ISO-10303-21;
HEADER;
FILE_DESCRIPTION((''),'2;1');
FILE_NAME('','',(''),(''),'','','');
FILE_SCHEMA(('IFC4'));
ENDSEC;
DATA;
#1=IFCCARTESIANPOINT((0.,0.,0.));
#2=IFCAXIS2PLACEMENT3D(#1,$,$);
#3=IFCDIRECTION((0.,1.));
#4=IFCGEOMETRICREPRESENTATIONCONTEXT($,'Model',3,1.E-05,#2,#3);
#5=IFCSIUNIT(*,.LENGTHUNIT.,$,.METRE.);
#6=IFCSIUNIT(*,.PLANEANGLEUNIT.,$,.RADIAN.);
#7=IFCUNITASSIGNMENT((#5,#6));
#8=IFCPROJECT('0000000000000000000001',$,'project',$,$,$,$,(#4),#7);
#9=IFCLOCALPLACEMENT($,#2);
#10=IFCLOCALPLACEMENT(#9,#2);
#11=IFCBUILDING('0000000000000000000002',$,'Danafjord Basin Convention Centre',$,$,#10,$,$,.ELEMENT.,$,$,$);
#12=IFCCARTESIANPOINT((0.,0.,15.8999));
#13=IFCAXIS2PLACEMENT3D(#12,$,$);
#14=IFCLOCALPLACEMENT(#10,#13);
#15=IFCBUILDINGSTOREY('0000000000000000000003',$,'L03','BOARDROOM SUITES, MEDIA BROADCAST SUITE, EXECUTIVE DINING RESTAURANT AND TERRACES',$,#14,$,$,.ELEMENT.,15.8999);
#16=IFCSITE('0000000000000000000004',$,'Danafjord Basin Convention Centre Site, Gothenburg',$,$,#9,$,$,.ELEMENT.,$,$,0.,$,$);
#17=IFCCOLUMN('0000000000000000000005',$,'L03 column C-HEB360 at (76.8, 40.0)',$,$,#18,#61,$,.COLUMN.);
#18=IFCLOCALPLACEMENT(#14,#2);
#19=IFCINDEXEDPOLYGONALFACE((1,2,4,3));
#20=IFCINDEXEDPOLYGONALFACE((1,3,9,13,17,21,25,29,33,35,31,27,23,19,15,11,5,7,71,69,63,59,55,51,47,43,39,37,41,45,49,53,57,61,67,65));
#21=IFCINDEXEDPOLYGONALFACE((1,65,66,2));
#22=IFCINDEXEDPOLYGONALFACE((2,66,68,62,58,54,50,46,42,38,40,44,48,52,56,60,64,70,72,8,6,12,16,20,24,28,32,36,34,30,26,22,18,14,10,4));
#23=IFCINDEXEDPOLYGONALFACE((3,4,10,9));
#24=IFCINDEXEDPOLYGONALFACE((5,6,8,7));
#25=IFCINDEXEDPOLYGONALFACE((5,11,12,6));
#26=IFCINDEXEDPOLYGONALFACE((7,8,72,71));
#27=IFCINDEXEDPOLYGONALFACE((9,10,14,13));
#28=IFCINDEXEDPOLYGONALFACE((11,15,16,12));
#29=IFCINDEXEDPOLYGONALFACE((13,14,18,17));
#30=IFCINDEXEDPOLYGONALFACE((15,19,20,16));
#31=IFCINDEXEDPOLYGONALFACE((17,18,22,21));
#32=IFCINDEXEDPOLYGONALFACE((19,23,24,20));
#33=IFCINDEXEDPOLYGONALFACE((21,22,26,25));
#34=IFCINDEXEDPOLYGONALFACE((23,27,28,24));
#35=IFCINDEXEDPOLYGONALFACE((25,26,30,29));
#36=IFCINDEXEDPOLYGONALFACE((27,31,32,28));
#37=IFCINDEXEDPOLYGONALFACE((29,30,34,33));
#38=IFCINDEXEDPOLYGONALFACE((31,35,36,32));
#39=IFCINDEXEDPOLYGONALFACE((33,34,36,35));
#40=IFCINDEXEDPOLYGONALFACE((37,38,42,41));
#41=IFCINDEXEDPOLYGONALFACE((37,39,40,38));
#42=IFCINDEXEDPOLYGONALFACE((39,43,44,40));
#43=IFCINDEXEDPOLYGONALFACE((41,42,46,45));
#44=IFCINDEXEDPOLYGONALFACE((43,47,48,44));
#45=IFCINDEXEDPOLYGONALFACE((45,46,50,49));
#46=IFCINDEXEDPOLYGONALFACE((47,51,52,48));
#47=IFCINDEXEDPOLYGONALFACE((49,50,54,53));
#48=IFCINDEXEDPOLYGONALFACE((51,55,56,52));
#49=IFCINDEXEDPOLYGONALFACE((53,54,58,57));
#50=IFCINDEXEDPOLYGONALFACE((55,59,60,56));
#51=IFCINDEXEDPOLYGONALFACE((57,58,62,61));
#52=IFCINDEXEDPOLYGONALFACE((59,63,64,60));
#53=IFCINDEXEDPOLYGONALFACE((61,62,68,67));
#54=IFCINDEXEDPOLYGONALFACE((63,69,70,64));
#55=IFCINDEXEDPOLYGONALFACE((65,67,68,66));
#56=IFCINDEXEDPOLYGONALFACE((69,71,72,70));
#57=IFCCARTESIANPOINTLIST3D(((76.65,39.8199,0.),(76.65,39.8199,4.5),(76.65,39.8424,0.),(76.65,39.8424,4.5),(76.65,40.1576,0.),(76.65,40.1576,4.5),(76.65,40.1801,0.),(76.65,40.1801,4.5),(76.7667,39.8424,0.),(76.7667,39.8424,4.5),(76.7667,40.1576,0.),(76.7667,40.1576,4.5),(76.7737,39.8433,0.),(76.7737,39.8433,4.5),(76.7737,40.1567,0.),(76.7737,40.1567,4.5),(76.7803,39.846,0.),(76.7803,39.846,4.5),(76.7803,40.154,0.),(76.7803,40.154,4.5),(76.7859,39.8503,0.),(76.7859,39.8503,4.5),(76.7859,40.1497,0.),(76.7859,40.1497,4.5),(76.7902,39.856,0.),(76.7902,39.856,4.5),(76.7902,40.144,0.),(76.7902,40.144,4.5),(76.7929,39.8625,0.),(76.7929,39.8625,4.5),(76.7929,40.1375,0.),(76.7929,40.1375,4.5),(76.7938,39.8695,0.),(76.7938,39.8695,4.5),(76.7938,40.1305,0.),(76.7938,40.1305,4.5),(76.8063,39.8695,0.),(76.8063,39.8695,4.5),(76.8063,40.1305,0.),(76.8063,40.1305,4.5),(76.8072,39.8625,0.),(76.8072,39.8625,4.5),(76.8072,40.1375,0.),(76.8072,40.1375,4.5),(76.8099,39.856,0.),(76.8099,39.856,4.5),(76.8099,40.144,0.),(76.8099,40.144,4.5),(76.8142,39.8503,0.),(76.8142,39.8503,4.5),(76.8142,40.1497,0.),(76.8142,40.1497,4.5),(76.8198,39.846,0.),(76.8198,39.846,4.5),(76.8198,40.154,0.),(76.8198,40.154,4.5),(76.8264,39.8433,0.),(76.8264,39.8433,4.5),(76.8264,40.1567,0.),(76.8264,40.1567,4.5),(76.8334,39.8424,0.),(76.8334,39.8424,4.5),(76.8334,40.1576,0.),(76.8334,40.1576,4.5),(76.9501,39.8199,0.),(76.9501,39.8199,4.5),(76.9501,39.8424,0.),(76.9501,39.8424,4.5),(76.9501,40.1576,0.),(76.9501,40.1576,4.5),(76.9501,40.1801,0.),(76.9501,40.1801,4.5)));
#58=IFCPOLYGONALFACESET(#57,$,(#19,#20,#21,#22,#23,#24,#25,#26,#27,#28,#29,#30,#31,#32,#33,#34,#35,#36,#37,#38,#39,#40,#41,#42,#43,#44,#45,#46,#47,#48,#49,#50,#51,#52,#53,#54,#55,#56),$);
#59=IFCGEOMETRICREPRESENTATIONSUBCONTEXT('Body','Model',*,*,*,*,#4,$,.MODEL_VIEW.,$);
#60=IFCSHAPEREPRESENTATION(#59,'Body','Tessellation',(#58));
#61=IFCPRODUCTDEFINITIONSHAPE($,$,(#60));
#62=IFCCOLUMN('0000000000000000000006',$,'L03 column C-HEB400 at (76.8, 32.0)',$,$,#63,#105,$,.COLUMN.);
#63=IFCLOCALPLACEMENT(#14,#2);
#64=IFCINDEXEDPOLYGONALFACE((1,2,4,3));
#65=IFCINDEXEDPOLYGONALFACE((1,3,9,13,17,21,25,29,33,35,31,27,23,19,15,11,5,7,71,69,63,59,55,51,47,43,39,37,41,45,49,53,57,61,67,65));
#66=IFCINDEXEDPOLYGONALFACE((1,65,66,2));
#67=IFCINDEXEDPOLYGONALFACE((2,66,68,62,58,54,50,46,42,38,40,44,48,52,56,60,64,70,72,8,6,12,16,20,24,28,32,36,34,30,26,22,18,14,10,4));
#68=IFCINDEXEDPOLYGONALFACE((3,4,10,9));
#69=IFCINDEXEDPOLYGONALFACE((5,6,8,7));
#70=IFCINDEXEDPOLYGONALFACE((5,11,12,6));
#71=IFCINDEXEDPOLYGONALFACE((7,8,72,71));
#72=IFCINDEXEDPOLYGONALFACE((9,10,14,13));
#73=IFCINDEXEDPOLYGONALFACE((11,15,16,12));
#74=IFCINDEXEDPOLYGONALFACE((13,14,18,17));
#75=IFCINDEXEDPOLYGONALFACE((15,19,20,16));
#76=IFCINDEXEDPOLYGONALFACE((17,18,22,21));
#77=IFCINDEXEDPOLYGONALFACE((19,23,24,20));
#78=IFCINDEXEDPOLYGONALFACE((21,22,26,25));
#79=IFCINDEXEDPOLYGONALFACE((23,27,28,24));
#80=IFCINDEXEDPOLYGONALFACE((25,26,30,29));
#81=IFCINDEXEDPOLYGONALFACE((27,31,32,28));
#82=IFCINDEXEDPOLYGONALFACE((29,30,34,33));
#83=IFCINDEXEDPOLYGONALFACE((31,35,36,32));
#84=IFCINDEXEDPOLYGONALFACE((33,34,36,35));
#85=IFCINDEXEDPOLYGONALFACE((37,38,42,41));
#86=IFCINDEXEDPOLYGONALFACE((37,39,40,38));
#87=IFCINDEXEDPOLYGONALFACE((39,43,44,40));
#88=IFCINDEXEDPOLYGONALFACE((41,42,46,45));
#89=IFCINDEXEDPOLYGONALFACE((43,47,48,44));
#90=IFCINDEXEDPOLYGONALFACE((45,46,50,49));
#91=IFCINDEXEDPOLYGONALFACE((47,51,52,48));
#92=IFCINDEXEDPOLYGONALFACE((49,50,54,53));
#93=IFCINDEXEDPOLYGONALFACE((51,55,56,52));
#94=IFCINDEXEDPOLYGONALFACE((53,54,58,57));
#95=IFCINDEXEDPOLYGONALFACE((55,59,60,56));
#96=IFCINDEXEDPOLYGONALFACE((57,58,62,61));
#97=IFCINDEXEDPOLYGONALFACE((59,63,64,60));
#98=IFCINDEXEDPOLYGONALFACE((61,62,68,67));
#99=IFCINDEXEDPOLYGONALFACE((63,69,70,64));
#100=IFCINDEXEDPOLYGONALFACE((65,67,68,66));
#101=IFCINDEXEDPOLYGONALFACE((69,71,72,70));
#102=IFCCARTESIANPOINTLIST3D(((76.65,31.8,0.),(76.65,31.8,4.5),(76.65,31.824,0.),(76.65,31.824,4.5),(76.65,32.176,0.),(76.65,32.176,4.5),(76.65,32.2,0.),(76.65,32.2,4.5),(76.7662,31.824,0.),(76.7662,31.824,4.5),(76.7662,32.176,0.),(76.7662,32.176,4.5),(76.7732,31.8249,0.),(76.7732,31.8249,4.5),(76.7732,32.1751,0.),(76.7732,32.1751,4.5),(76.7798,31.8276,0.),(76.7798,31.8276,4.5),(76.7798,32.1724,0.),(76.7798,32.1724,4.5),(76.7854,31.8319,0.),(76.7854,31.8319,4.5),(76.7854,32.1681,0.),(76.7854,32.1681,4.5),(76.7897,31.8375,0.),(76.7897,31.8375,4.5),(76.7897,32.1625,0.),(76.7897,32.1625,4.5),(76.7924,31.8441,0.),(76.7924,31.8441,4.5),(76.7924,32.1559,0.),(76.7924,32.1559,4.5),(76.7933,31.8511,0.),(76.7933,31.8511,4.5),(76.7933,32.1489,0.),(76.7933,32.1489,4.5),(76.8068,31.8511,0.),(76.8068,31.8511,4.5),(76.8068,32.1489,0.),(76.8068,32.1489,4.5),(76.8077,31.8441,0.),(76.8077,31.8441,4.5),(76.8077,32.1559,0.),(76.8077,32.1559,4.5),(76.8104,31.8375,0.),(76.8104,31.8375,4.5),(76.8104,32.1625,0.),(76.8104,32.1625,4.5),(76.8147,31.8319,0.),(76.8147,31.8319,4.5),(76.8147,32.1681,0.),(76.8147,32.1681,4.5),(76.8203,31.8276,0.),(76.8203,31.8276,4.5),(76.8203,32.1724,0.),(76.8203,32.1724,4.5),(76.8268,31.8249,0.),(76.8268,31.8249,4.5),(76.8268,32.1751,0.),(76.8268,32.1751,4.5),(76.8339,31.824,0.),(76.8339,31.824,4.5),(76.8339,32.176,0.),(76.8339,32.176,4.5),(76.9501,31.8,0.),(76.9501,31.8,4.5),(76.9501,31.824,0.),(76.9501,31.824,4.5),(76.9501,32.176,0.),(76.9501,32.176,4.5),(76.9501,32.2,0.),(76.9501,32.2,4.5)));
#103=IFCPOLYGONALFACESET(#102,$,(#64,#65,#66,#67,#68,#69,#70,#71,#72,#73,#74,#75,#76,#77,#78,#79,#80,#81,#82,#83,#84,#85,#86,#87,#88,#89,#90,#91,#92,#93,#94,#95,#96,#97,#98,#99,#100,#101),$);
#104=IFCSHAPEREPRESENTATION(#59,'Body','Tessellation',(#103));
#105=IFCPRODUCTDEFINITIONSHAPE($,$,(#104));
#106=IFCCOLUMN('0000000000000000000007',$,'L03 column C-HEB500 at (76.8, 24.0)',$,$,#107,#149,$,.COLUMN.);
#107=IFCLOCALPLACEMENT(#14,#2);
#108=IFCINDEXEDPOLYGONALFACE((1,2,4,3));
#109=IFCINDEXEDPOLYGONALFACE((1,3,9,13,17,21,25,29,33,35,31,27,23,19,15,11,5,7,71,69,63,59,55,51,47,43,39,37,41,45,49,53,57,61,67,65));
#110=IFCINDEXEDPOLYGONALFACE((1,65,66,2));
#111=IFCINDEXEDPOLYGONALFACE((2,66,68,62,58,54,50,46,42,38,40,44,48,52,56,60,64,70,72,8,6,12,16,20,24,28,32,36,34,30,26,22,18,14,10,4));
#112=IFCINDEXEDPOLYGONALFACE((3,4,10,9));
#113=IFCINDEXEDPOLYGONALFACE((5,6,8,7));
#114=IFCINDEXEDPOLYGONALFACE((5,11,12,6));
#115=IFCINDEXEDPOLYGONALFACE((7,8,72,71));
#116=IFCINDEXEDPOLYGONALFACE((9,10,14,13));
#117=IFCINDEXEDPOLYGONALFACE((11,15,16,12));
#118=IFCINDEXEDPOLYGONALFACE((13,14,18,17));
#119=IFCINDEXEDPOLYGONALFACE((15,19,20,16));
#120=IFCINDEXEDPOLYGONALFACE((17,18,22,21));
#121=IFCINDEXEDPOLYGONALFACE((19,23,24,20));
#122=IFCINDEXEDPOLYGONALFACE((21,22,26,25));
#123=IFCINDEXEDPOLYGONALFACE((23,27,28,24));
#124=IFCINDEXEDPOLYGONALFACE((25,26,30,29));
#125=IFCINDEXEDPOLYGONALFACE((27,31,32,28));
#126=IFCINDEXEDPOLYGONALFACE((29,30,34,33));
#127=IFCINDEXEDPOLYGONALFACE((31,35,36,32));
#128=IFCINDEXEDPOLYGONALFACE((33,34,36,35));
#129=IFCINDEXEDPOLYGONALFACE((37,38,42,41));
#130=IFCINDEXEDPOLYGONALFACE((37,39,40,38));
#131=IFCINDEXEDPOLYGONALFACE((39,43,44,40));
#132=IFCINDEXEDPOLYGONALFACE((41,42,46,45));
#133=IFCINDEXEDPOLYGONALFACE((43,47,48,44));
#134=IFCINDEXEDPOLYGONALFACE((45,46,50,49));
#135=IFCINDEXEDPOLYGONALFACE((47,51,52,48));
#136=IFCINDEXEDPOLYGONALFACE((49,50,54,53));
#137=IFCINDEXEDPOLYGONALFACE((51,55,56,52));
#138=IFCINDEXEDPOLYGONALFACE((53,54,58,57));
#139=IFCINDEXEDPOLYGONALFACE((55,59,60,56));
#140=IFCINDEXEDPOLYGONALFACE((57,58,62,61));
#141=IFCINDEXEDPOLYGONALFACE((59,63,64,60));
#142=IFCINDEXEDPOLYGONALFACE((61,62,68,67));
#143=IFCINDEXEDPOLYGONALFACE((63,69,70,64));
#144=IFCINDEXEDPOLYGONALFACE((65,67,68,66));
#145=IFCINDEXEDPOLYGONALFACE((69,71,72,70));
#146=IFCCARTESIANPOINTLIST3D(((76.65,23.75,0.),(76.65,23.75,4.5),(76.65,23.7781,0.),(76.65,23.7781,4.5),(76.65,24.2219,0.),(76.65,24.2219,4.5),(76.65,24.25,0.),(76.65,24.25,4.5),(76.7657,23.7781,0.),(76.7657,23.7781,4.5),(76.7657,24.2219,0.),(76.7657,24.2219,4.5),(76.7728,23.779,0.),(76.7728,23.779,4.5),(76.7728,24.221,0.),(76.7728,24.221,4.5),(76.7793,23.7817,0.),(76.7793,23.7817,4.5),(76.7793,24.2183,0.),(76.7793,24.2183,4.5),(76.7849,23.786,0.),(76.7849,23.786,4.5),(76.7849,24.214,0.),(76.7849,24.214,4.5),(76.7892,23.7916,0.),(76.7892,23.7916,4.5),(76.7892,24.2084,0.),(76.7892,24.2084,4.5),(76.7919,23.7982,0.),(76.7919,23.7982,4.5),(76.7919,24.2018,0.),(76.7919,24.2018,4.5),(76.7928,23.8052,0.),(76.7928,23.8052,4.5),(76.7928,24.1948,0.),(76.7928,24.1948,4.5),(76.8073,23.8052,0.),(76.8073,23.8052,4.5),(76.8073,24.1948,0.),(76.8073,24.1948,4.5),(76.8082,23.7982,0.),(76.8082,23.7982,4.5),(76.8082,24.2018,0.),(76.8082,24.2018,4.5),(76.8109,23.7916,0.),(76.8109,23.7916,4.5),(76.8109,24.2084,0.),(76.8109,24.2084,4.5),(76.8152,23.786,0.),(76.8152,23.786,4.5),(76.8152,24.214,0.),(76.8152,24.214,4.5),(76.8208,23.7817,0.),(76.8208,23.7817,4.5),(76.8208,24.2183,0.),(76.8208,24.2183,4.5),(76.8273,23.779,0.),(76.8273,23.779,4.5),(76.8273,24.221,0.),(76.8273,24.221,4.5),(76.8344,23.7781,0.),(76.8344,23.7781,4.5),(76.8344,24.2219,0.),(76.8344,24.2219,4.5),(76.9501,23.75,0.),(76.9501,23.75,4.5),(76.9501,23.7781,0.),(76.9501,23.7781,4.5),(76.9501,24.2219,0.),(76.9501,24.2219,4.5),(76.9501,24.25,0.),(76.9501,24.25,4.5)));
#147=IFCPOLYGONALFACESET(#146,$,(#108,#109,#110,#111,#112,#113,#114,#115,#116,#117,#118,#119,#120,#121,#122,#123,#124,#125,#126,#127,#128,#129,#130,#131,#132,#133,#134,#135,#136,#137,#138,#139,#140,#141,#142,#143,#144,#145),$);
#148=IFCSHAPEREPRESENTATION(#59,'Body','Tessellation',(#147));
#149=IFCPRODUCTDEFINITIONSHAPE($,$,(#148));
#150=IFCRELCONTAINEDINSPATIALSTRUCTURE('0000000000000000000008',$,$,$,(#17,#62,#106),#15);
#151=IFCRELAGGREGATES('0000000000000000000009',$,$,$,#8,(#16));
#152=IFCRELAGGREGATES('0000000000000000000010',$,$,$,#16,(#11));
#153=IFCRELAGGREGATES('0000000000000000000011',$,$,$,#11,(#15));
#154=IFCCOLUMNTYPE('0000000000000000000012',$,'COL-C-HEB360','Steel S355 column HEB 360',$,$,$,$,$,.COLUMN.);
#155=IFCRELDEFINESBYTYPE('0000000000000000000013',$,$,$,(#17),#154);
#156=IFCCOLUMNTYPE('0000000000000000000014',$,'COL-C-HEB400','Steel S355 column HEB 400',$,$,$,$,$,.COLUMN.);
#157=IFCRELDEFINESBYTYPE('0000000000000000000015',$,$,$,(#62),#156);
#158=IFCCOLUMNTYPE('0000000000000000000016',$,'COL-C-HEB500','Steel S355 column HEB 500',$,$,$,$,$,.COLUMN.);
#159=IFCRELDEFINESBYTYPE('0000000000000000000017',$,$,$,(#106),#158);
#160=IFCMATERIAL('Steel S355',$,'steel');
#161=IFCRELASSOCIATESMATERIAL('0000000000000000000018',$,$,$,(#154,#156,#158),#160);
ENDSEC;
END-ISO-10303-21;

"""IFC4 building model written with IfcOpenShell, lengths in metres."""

from ifc_helpers import new_model, si_unit, direction, frame, origin, origin_2d, place, context, subcontext, project, spatial, i_section, extrude, material, material_profile, profile_set, type_object, element, save


model = new_model("IFC4")

# Units and contexts
model_context = context("Model", 3, precision=1e-05, world=origin(), true_north=direction((0.0, 1.0)))
body_context = subcontext(model_context, "Body", "Model", "MODEL_VIEW")
ifc_project = project(units=[si_unit("LENGTHUNIT", "METRE"), si_unit("PLANEANGLEUNIT", "RADIAN")], contexts=[model_context])

# Site, building, storey
site_placement = place(None, origin())
site = spatial("IfcSite", under=ifc_project, at=site_placement, Name="Danafjord Basin Convention Centre Site, Gothenburg", CompositionType="ELEMENT", RefElevation=0.0)
building_placement = place(site_placement, origin())
building = spatial("IfcBuilding", under=site, at=building_placement, Name="Danafjord Basin Convention Centre", CompositionType="ELEMENT")
storey_placement = place(building_placement, frame((0.0, 0.0, 15.8999)))
storey = spatial("IfcBuildingStorey", under=building, at=storey_placement, Name="L03", Description="BOARDROOM SUITES, MEDIA BROADCAST SUITE, EXECUTIVE DINING RESTAURANT AND TERRACES", CompositionType="ELEMENT", Elevation=15.8999)

# Columns
ifc_material_1 = material(Name="Steel S355", Category="steel")
ifc_material_profile_1 = material_profile(ifc_material_1, i_section(OverallWidth=0.3, OverallDepth=0.3601, WebThickness=0.0125, FlangeThickness=0.0225, FilletRadius=0.0271, at=origin_2d()), Name="HEB 360")
ifc_profile_set_1 = profile_set([ifc_material_profile_1], Name="Steel S355")
column_type_1 = type_object("IfcColumnType", Name="COL-C-HEB360", Description="Steel S355 column HEB 360", PredefinedType="COLUMN", material=ifc_profile_set_1)
column_1_placement = place(storey_placement, frame((76.8, 40.0, 0.0), z_axis=(0.0, 0.0, 1.0), x_axis=(1.0, 0.0, 0.0)))
element("IfcColumn", 1, at=column_1_placement, inside=storey, type_object=column_type_1, Name="L03 column C-HEB360 at (76.8, 40.0)", PredefinedType="COLUMN", context=body_context, shape_type="SweptSolid", body=[
    extrude(i_section(OverallWidth=0.3, OverallDepth=0.3601, WebThickness=0.0125, FlangeThickness=0.0225, FilletRadius=0.0271, at=origin_2d()), origin(), (0.0, 0.0, 1.0), 4.5),
])
ifc_material_profile_2 = material_profile(ifc_material_1, i_section(OverallWidth=0.3, OverallDepth=0.3999, WebThickness=0.0134, FlangeThickness=0.0239, FilletRadius=0.0271, at=origin_2d()), Name="HEB 400")
ifc_profile_set_2 = profile_set([ifc_material_profile_2], Name="Steel S355")
column_type_2 = type_object("IfcColumnType", Name="COL-C-HEB400", Description="Steel S355 column HEB 400", PredefinedType="COLUMN", material=ifc_profile_set_2)
column_2_placement = place(storey_placement, frame((76.8, 32.0, 0.0), z_axis=(0.0, 0.0, 1.0), x_axis=(1.0, 0.0, 0.0)))
element("IfcColumn", 2, at=column_2_placement, inside=storey, type_object=column_type_2, Name="L03 column C-HEB400 at (76.8, 32.0)", PredefinedType="COLUMN", context=body_context, shape_type="SweptSolid", body=[
    extrude(i_section(OverallWidth=0.3, OverallDepth=0.3999, WebThickness=0.0134, FlangeThickness=0.0239, FilletRadius=0.0271, at=origin_2d()), origin(), (0.0, 0.0, 1.0), 4.5),
])
ifc_material_profile_3 = material_profile(ifc_material_1, i_section(OverallWidth=0.3, OverallDepth=0.5, WebThickness=0.0144, FlangeThickness=0.0281, FilletRadius=0.0271, at=origin_2d()), Name="HEB 500")
ifc_profile_set_3 = profile_set([ifc_material_profile_3], Name="Steel S355")
column_type_3 = type_object("IfcColumnType", Name="COL-C-HEB500", Description="Steel S355 column HEB 500", PredefinedType="COLUMN", material=ifc_profile_set_3)
column_3_placement = place(storey_placement, frame((76.8, 24.0, 0.0), z_axis=(0.0, 0.0, 1.0), x_axis=(1.0, 0.0, 0.0)))
element("IfcColumn", 3, at=column_3_placement, inside=storey, type_object=column_type_3, Name="L03 column C-HEB500 at (76.8, 24.0)", PredefinedType="COLUMN", context=body_context, shape_type="SweptSolid", body=[
    extrude(i_section(OverallWidth=0.3, OverallDepth=0.5, WebThickness=0.0144, FlangeThickness=0.0281, FilletRadius=0.0271, at=origin_2d()), origin(), (0.0, 0.0, 1.0), 4.5),
])

save(model, "model.ifc")
